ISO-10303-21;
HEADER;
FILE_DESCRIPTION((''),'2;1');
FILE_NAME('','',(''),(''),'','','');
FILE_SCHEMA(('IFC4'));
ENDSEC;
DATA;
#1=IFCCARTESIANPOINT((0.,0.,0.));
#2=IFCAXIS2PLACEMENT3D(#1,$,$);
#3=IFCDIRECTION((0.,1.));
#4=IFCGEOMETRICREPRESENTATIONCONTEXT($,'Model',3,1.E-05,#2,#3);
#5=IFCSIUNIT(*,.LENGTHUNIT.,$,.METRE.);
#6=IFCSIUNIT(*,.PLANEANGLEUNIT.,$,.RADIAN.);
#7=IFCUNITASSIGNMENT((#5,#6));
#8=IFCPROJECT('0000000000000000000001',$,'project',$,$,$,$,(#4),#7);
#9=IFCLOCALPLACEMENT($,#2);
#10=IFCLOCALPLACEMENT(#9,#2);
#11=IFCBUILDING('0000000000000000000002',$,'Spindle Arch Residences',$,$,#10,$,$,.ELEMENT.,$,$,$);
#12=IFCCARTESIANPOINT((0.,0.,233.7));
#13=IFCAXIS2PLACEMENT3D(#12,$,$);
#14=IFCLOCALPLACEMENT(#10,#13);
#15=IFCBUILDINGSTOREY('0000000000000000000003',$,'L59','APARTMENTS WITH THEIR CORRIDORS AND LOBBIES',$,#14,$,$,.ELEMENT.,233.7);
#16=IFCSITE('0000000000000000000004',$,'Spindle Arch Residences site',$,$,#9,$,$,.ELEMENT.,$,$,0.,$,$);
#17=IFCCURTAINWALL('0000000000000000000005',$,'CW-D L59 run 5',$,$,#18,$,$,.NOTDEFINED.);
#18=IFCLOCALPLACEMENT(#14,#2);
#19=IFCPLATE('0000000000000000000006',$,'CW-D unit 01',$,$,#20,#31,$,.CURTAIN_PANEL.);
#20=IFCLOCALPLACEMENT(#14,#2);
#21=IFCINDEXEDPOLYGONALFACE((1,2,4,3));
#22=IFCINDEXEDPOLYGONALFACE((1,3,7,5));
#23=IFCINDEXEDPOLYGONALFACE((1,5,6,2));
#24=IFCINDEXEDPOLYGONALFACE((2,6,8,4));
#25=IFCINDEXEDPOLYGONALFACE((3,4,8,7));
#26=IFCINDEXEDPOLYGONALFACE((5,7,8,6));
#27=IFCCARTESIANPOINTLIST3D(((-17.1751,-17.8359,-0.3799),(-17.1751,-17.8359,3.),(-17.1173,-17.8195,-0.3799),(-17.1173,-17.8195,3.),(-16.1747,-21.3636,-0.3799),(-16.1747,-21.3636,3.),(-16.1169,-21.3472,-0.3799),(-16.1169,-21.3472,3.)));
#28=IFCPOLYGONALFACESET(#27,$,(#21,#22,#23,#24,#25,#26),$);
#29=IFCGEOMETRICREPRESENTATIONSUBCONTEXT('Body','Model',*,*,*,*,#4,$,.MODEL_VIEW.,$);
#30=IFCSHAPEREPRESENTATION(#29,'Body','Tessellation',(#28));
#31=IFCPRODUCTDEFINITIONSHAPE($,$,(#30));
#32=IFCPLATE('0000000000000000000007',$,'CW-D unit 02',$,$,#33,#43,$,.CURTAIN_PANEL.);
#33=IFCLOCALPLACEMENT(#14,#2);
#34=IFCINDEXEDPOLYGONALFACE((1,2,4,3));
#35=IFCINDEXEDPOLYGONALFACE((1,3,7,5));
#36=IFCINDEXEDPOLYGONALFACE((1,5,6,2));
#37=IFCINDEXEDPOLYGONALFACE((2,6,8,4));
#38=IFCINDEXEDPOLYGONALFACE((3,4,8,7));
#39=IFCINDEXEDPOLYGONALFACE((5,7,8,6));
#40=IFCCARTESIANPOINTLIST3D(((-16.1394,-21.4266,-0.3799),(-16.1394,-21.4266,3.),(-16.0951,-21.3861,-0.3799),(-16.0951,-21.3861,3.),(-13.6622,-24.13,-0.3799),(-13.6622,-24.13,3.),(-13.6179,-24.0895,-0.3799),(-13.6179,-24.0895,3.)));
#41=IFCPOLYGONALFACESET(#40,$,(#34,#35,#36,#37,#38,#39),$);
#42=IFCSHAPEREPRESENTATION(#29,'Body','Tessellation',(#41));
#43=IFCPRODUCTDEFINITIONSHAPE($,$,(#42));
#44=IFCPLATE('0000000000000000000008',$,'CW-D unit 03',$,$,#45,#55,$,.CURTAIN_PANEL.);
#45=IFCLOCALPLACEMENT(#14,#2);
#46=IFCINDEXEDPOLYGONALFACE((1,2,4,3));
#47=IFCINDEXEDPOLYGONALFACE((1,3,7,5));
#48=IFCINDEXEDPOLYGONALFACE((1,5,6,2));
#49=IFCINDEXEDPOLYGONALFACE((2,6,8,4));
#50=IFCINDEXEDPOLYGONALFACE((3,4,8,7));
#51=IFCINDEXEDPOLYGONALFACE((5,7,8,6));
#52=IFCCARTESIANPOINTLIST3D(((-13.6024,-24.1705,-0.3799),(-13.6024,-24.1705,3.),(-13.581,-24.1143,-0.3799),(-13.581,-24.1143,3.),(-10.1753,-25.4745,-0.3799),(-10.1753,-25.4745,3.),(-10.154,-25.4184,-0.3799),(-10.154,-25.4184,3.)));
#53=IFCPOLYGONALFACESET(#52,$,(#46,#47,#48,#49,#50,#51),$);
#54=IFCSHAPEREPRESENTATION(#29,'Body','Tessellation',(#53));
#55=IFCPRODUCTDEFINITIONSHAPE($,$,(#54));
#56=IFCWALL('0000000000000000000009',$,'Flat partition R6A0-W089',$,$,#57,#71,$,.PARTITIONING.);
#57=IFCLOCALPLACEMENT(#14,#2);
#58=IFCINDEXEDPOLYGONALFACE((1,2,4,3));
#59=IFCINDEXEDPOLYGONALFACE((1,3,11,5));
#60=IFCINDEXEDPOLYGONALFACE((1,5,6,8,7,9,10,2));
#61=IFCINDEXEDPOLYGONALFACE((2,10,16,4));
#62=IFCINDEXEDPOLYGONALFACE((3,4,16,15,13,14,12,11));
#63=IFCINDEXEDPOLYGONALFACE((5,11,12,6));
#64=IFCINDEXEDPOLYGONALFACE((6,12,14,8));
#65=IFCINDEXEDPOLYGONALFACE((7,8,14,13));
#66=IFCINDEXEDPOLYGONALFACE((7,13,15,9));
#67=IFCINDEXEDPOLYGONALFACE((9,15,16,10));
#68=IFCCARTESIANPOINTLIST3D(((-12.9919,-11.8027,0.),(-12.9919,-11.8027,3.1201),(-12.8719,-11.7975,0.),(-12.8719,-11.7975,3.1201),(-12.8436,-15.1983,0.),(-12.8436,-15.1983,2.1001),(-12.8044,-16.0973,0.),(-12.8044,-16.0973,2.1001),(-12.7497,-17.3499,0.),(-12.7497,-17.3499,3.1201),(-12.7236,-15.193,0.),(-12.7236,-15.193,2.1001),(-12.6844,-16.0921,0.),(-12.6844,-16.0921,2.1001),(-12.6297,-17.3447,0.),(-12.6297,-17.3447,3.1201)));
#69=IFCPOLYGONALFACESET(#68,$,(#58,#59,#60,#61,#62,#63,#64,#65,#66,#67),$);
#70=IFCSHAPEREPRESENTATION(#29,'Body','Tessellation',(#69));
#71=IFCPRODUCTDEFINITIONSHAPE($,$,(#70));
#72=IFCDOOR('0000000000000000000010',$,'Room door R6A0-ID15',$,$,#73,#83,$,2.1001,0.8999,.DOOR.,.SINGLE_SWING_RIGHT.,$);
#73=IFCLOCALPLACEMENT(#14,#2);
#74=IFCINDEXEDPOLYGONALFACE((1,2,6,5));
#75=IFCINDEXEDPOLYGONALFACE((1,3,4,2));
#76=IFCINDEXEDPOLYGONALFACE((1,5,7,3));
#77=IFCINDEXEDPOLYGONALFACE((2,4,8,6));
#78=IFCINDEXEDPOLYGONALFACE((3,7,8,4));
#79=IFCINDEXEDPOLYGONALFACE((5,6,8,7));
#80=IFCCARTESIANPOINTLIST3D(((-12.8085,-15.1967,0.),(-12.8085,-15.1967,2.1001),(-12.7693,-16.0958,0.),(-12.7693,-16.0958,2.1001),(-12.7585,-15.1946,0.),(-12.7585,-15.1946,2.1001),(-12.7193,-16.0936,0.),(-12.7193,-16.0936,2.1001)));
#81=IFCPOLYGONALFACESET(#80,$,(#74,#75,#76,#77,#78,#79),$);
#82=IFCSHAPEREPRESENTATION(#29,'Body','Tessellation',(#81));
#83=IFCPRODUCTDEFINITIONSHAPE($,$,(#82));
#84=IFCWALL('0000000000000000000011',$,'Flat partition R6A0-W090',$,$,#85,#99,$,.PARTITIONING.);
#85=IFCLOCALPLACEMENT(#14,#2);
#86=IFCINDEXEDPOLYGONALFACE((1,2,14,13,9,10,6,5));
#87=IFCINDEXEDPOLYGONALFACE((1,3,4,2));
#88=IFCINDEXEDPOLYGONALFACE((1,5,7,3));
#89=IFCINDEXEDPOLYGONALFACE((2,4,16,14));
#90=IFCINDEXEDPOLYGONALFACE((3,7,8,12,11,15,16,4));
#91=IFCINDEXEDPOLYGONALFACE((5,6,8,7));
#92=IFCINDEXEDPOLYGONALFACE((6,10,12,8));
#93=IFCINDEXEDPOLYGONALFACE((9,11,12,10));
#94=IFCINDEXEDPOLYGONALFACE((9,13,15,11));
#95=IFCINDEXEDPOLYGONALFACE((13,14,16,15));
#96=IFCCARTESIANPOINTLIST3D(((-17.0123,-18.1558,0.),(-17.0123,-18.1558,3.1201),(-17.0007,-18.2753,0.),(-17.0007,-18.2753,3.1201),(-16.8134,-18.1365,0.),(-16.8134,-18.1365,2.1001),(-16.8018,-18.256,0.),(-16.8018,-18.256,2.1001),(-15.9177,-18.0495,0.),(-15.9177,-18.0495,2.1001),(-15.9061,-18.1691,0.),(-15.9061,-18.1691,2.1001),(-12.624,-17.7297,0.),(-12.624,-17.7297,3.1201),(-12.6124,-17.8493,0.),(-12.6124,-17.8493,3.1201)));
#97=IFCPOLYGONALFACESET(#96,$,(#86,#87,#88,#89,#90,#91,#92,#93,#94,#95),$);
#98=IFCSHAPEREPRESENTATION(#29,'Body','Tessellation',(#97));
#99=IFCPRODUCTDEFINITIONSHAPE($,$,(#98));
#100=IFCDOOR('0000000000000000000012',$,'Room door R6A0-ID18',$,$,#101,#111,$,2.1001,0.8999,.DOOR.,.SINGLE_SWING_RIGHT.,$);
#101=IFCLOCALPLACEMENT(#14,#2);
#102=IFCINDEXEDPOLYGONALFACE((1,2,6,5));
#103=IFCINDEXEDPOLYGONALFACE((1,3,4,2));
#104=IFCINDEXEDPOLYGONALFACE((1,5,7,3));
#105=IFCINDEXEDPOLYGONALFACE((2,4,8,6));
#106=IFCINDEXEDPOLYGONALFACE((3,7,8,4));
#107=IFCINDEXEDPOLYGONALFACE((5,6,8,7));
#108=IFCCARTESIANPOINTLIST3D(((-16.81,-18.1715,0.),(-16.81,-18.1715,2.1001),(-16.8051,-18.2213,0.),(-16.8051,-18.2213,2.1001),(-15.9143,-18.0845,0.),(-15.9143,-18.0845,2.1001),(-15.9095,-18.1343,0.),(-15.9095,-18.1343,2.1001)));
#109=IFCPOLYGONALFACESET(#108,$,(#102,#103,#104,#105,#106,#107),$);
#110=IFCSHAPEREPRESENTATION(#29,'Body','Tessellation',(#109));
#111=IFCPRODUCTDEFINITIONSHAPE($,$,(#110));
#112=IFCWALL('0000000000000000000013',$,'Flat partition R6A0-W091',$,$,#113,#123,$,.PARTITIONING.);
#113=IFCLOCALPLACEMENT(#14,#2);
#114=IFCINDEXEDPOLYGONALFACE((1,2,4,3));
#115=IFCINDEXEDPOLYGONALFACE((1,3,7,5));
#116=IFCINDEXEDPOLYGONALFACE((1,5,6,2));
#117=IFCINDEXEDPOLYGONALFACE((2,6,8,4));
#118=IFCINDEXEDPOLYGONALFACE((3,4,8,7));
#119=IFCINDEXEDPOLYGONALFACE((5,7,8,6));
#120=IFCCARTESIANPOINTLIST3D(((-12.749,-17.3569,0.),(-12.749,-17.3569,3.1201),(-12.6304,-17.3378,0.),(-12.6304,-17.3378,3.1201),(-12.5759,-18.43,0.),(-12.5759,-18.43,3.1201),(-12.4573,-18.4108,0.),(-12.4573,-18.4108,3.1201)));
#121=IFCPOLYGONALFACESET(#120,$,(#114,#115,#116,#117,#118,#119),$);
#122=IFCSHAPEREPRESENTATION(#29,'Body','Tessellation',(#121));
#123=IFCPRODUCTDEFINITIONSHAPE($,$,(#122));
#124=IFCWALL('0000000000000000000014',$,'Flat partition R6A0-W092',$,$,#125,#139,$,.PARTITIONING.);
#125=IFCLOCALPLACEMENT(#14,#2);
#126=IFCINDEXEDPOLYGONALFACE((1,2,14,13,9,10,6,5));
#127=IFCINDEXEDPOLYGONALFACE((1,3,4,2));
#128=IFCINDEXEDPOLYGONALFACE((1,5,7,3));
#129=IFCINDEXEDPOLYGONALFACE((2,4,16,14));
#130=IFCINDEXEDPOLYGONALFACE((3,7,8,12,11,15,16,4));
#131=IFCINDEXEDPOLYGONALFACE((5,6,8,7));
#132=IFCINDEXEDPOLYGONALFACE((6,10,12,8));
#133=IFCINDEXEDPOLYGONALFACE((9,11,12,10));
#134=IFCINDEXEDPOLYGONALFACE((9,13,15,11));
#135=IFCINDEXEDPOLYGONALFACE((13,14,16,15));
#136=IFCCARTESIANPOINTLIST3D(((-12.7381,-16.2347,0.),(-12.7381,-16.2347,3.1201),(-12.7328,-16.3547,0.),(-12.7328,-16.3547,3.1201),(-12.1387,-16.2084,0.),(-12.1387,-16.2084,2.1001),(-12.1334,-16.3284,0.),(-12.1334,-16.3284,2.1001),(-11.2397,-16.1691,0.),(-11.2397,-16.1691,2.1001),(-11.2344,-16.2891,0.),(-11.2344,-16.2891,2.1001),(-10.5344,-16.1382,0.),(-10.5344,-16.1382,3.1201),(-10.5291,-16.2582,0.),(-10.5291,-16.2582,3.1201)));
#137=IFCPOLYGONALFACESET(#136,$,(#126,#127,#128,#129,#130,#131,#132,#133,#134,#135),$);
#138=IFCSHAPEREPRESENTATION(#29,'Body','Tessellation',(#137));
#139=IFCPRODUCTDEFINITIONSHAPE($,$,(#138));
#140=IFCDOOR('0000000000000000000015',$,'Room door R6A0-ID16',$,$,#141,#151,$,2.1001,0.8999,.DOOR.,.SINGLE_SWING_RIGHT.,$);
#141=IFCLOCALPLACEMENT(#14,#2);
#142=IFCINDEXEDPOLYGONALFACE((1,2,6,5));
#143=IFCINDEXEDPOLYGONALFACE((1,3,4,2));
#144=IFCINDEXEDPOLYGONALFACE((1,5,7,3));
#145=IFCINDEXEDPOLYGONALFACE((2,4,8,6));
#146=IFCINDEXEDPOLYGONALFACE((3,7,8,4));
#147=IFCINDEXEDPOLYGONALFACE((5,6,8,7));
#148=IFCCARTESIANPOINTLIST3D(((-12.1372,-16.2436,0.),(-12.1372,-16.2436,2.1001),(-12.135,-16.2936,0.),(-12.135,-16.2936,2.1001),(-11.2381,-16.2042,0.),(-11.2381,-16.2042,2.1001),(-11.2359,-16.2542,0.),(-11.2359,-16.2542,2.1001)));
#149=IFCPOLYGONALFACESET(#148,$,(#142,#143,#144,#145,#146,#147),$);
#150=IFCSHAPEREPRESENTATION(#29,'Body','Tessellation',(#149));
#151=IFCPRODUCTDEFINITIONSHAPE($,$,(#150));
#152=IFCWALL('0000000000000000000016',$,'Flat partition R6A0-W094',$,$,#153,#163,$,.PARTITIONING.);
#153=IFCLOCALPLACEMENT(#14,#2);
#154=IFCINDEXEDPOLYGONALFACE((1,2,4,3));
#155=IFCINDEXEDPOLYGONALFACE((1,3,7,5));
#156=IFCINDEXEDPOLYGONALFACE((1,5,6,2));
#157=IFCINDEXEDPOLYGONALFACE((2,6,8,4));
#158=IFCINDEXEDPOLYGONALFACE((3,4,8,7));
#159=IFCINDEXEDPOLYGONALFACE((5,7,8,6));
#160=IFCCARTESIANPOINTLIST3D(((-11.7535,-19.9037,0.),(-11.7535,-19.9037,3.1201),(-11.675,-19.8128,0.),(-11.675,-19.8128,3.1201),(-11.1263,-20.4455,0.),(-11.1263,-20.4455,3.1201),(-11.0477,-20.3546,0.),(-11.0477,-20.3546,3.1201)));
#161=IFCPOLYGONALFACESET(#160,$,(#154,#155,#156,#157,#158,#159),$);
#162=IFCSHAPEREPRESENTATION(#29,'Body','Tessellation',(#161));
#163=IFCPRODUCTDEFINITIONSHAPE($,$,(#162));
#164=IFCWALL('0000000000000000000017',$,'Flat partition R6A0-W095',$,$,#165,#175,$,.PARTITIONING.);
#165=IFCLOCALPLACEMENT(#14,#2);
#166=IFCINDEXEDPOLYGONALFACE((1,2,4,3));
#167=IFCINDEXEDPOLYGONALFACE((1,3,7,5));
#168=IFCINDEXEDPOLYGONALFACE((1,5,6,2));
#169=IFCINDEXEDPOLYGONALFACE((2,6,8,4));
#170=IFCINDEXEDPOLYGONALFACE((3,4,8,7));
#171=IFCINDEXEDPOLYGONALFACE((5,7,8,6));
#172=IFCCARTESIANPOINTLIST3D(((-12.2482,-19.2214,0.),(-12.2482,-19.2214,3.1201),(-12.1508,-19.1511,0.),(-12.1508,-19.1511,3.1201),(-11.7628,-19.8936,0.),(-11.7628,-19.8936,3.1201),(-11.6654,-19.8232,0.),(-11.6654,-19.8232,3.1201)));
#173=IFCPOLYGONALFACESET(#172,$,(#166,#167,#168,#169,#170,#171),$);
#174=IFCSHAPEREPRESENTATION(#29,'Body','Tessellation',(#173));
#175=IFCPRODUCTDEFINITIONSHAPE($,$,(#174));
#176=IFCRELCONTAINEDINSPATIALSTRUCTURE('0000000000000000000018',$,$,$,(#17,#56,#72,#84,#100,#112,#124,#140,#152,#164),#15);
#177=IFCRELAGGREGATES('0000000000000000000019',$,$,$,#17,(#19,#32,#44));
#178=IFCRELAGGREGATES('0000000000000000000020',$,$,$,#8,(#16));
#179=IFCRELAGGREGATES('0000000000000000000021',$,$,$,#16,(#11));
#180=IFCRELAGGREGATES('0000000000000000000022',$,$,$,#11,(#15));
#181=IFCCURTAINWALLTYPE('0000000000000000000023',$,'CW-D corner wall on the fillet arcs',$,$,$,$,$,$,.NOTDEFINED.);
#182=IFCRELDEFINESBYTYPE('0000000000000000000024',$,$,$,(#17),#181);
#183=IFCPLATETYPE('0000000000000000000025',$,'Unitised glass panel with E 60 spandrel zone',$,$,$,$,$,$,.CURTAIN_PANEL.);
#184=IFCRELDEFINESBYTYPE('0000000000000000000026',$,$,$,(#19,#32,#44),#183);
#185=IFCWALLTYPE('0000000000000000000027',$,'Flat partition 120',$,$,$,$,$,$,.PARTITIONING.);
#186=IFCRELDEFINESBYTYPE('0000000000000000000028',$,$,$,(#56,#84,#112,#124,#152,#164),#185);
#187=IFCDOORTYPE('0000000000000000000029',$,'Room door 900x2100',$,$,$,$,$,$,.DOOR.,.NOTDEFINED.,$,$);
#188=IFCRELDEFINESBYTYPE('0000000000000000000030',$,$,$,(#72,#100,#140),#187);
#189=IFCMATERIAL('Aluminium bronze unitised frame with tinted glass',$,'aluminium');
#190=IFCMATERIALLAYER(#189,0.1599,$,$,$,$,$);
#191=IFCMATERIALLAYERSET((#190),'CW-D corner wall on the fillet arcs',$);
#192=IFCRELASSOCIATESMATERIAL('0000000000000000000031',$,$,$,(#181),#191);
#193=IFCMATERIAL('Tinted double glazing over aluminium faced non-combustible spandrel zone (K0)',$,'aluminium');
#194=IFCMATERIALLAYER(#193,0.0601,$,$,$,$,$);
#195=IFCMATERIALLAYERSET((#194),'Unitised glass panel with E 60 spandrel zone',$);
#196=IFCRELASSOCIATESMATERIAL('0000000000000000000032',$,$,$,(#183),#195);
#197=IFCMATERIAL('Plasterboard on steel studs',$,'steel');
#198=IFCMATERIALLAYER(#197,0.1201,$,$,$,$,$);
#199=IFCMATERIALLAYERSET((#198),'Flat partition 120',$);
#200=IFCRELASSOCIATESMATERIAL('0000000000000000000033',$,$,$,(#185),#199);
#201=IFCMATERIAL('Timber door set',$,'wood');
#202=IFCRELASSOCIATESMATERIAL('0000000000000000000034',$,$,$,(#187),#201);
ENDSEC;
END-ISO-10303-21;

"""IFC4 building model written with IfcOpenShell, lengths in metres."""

from ifc_helpers import new_model, si_unit, direction, frame, frame_2d, origin, origin_2d, place, context, subcontext, project, spatial, rectangle, extrude, material, layer, layer_set, type_object, element, fill, aggregate, save


model = new_model("IFC4")

# Units and contexts
model_context = context("Model", 3, precision=1e-05, world=origin(), true_north=direction((0.0, 1.0)))
body_context = subcontext(model_context, "Body", "Model", "MODEL_VIEW")
ifc_project = project(units=[si_unit("LENGTHUNIT", "METRE"), si_unit("PLANEANGLEUNIT", "RADIAN")], contexts=[model_context])

# Site, building, storey
site_placement = place(None, origin())
site = spatial("IfcSite", under=ifc_project, at=site_placement, Name="Spindle Arch Residences site", CompositionType="ELEMENT", RefElevation=0.0)
building_placement = place(site_placement, origin())
building = spatial("IfcBuilding", under=site, at=building_placement, Name="Spindle Arch Residences", CompositionType="ELEMENT")
storey_placement = place(building_placement, frame((0.0, 0.0, 233.7)))
storey = spatial("IfcBuildingStorey", under=building, at=storey_placement, Name="L59", Description="APARTMENTS WITH THEIR CORRIDORS AND LOBBIES", CompositionType="ELEMENT", Elevation=233.7)

# Curtain wall
ifc_material_1 = material(Name="Aluminium bronze unitised frame with tinted glass", Category="aluminium")
ifc_layer_1 = layer(ifc_material_1, 0.1599)
ifc_layer_set_1 = layer_set([ifc_layer_1], Name="CW-D corner wall on the fillet arcs")
curtain_wall_type = type_object("IfcCurtainWallType", Name="CW-D corner wall on the fillet arcs", PredefinedType="NOTDEFINED", material=ifc_layer_set_1)
curtain_wall_placement = place(storey_placement, origin())
curtain_wall = element("IfcCurtainWall", 1, at=curtain_wall_placement, inside=storey, type_object=curtain_wall_type, Name="CW-D L59 run 5", PredefinedType="NOTDEFINED")

# Plates
ifc_material_2 = material(Name="Tinted double glazing over aluminium faced non-combustible spandrel zone (K0)", Category="aluminium")
ifc_layer_2 = layer(ifc_material_2, 0.0601)
ifc_layer_set_2 = layer_set([ifc_layer_2], Name="Unitised glass panel with E 60 spandrel zone")
plate_type = type_object("IfcPlateType", Name="Unitised glass panel with E 60 spandrel zone", PredefinedType="CURTAIN_PANEL", material=ifc_layer_set_2)
plate_1_placement = place(storey_placement, frame((-16.646, -19.5916, -0.3799), z_axis=(0.0, 0.0, 1.0), x_axis=(0.27284, -0.962059, 0.0)))
plate_1 = element("IfcPlate", 2, at=plate_1_placement, type_object=plate_type, Name="CW-D unit 01", PredefinedType="CURTAIN_PANEL", context=body_context, shape_type="SweptSolid", body=[
    extrude(rectangle(XDim=3.6667, YDim=0.0601, at=origin_2d()), origin(), (0.0, 0.0, 1.0), 3.3799),
])
plate_2_placement = place(storey_placement, frame((-14.8787, -22.7581, -0.3799), z_axis=(0.0, 0.0, 1.0), x_axis=(0.67559, -0.737277, 0.0)))
plate_2 = element("IfcPlate", 3, at=plate_2_placement, type_object=plate_type, Name="CW-D unit 02", PredefinedType="CURTAIN_PANEL", context=body_context, shape_type="SweptSolid", body=[
    extrude(rectangle(XDim=3.6667, YDim=0.0601, at=origin_2d()), origin(), (0.0, 0.0, 1.0), 3.3799),
])
plate_3_placement = place(storey_placement, frame((-11.8782, -24.7944, -0.3799), z_axis=(0.0, 0.0, 1.0), x_axis=(0.934619, -0.355651, 0.0)))
plate_3 = element("IfcPlate", 4, at=plate_3_placement, type_object=plate_type, Name="CW-D unit 03", PredefinedType="CURTAIN_PANEL", context=body_context, shape_type="SweptSolid", body=[
    extrude(rectangle(XDim=3.6667, YDim=0.0601, at=origin_2d()), origin(), (0.0, 0.0, 1.0), 3.3799),
])
aggregate(curtain_wall, [plate_1, plate_2, plate_3])

# Walls, openings, doors
ifc_material_3 = material(Name="Plasterboard on steel studs", Category="steel")
ifc_layer_3 = layer(ifc_material_3, 0.1201)
ifc_layer_set_3 = layer_set([ifc_layer_3], Name="Flat partition 120")
wall_type_1 = type_object("IfcWallType", Name="Flat partition 120", PredefinedType="PARTITIONING", material=ifc_layer_set_3)
wall_1_placement = place(storey_placement, frame((-12.6897, -17.3474, 0.0), z_axis=(0.0, 0.0, 1.0), x_axis=(-0.043618, 0.999048, 0.0)))
wall_1 = element("IfcWall", 5, at=wall_1_placement, inside=storey, type_object=wall_type_1, Name="Flat partition R6A0-W089", PredefinedType="PARTITIONING", context=body_context, shape_type="SweptSolid", body=[
    extrude(rectangle(XDim=5.5525, YDim=0.1201, at=frame_2d((2.7764, 0.0))), origin(), (0.0, 0.0, 1.0), 3.1201),
])
opening_1_placement = place(wall_1_placement, frame((1.2539, 0.0, 0.0)))
opening_1 = element("IfcOpeningElement", 6, at=opening_1_placement, cuts=wall_1, PredefinedType="OPENING", context=body_context, shape_type="SweptSolid", body=[
    extrude(rectangle(XDim=0.8999, YDim=2.1001, at=frame_2d((0.45, 1.05))), frame((0.0, 0.0701, 0.0), z_axis=(0.0, -1.0, 0.0), x_axis=(1.0, 0.0, 0.0)), (0.0, 0.0, 1.0), 0.1401),
])
ifc_material_4 = material(Name="Timber door set", Category="wood")
door_type = type_object("IfcDoorType", Name="Room door 900x2100", OperationType="NOTDEFINED", PredefinedType="DOOR", material=ifc_material_4)
door_1_placement = place(opening_1_placement, origin())
door_1 = element("IfcDoor", 7, at=door_1_placement, inside=storey, type_object=door_type, Name="Room door R6A0-ID15", OperationType="SINGLE_SWING_RIGHT", OverallHeight=2.1001, OverallWidth=0.8999, PredefinedType="DOOR", context=body_context, shape_type="SweptSolid", body=[
    extrude(rectangle(XDim=0.8999, YDim=2.1001, at=frame_2d((0.45, 1.05))), frame((0.0, 0.0249, 0.0), z_axis=(0.0, -1.0, 0.0), x_axis=(1.0, 0.0, 0.0)), (0.0, 0.0, 1.0), 0.05),
])
fill(opening_1, door_1)
wall_2_placement = place(storey_placement, frame((-17.0066, -18.2156, 0.0), z_axis=(0.0, 0.0, 1.0), x_axis=(0.99532, 0.09663, 0.0)))
wall_2 = element("IfcWall", 8, at=wall_2_placement, inside=storey, type_object=wall_type_1, Name="Flat partition R6A0-W090", PredefinedType="PARTITIONING", context=body_context, shape_type="SweptSolid", body=[
    extrude(rectangle(XDim=4.4089, YDim=0.1201, at=frame_2d((2.2046, 0.0))), origin(), (0.0, 0.0, 1.0), 3.1201),
])
opening_2_placement = place(wall_2_placement, frame((0.2, 0.0, 0.0)))
opening_2 = element("IfcOpeningElement", 9, at=opening_2_placement, cuts=wall_2, PredefinedType="OPENING", context=body_context, shape_type="SweptSolid", body=[
    extrude(rectangle(XDim=0.8999, YDim=2.1001, at=frame_2d((0.45, 1.05))), frame((0.0, 0.0701, 0.0), z_axis=(0.0, -1.0, 0.0), x_axis=(1.0, 0.0, 0.0)), (0.0, 0.0, 1.0), 0.1401),
])
door_2_placement = place(opening_2_placement, origin())
door_2 = element("IfcDoor", 10, at=door_2_placement, inside=storey, type_object=door_type, Name="Room door R6A0-ID18", OperationType="SINGLE_SWING_RIGHT", OverallHeight=2.1001, OverallWidth=0.8999, PredefinedType="DOOR", context=body_context, shape_type="SweptSolid", body=[
    extrude(rectangle(XDim=0.8999, YDim=2.1001, at=frame_2d((0.45, 1.05))), frame((0.0, 0.0249, 0.0), z_axis=(0.0, -1.0, 0.0), x_axis=(1.0, 0.0, 0.0)), (0.0, 0.0, 1.0), 0.05),
])
fill(opening_2, door_2)

# Wall
wall_3_placement = place(storey_placement, frame((-12.5166, -18.4204, 0.0), z_axis=(0.0, 0.0, 1.0), x_axis=(-0.159261, 0.987237, 0.0)))
element("IfcWall", 11, at=wall_3_placement, inside=storey, type_object=wall_type_1, Name="Flat partition R6A0-W091", PredefinedType="PARTITIONING", context=body_context, shape_type="SweptSolid", body=[
    extrude(rectangle(XDim=1.0869, YDim=0.1201, at=frame_2d((0.5435, 0.0))), origin(), (0.0, 0.0, 1.0), 3.1201),
])

# Wall, opening, door
wall_4_placement = place(storey_placement, frame((-12.7356, -16.2947, 0.0), z_axis=(0.0, 0.0, 1.0), x_axis=(0.999044, 0.043721, 0.0)))
wall_4 = element("IfcWall", 12, at=wall_4_placement, inside=storey, type_object=wall_type_1, Name="Flat partition R6A0-W092", PredefinedType="PARTITIONING", context=body_context, shape_type="SweptSolid", body=[
    extrude(rectangle(XDim=2.2058, YDim=0.1201, at=frame_2d((1.103, 0.0))), origin(), (0.0, 0.0, 1.0), 3.1201),
])
opening_3_placement = place(wall_4_placement, frame((0.6001, 0.0, 0.0)))
opening_3 = element("IfcOpeningElement", 13, at=opening_3_placement, cuts=wall_4, PredefinedType="OPENING", context=body_context, shape_type="SweptSolid", body=[
    extrude(rectangle(XDim=0.8999, YDim=2.1001, at=frame_2d((0.45, 1.05))), frame((0.0, 0.0701, 0.0), z_axis=(0.0, -1.0, 0.0), x_axis=(1.0, 0.0, 0.0)), (0.0, 0.0, 1.0), 0.1401),
])
door_3_placement = place(opening_3_placement, origin())
door_3 = element("IfcDoor", 14, at=door_3_placement, inside=storey, type_object=door_type, Name="Room door R6A0-ID16", OperationType="SINGLE_SWING_RIGHT", OverallHeight=2.1001, OverallWidth=0.8999, PredefinedType="DOOR", context=body_context, shape_type="SweptSolid", body=[
    extrude(rectangle(XDim=0.8999, YDim=2.1001, at=frame_2d((0.45, 1.05))), frame((0.0, 0.0249, 0.0), z_axis=(0.0, -1.0, 0.0), x_axis=(1.0, 0.0, 0.0)), (0.0, 0.0, 1.0), 0.05),
])
fill(opening_3, door_3)

# Walls
wall_5_placement = place(storey_placement, frame((-11.0869, -20.4001, 0.0), z_axis=(0.0, 0.0, 1.0), x_axis=(-0.756777, 0.653674, 0.0)))
element("IfcWall", 15, at=wall_5_placement, inside=storey, type_object=wall_type_1, Name="Flat partition R6A0-W094", PredefinedType="PARTITIONING", context=body_context, shape_type="SweptSolid", body=[
    extrude(rectangle(XDim=0.8289, YDim=0.1201, at=frame_2d((0.4146, 0.0))), origin(), (0.0, 0.0, 1.0), 3.1201),
])
wall_6_placement = place(storey_placement, frame((-11.7141, -19.8584, 0.0), z_axis=(0.0, 0.0, 1.0), x_axis=(-0.585437, 0.810718, 0.0)))
element("IfcWall", 16, at=wall_6_placement, inside=storey, type_object=wall_type_1, Name="Flat partition R6A0-W095", PredefinedType="PARTITIONING", context=body_context, shape_type="SweptSolid", body=[
    extrude(rectangle(XDim=0.8291, YDim=0.1201, at=frame_2d((0.4146, 0.0))), origin(), (0.0, 0.0, 1.0), 3.1201),
])

save(model, "model.ifc")
